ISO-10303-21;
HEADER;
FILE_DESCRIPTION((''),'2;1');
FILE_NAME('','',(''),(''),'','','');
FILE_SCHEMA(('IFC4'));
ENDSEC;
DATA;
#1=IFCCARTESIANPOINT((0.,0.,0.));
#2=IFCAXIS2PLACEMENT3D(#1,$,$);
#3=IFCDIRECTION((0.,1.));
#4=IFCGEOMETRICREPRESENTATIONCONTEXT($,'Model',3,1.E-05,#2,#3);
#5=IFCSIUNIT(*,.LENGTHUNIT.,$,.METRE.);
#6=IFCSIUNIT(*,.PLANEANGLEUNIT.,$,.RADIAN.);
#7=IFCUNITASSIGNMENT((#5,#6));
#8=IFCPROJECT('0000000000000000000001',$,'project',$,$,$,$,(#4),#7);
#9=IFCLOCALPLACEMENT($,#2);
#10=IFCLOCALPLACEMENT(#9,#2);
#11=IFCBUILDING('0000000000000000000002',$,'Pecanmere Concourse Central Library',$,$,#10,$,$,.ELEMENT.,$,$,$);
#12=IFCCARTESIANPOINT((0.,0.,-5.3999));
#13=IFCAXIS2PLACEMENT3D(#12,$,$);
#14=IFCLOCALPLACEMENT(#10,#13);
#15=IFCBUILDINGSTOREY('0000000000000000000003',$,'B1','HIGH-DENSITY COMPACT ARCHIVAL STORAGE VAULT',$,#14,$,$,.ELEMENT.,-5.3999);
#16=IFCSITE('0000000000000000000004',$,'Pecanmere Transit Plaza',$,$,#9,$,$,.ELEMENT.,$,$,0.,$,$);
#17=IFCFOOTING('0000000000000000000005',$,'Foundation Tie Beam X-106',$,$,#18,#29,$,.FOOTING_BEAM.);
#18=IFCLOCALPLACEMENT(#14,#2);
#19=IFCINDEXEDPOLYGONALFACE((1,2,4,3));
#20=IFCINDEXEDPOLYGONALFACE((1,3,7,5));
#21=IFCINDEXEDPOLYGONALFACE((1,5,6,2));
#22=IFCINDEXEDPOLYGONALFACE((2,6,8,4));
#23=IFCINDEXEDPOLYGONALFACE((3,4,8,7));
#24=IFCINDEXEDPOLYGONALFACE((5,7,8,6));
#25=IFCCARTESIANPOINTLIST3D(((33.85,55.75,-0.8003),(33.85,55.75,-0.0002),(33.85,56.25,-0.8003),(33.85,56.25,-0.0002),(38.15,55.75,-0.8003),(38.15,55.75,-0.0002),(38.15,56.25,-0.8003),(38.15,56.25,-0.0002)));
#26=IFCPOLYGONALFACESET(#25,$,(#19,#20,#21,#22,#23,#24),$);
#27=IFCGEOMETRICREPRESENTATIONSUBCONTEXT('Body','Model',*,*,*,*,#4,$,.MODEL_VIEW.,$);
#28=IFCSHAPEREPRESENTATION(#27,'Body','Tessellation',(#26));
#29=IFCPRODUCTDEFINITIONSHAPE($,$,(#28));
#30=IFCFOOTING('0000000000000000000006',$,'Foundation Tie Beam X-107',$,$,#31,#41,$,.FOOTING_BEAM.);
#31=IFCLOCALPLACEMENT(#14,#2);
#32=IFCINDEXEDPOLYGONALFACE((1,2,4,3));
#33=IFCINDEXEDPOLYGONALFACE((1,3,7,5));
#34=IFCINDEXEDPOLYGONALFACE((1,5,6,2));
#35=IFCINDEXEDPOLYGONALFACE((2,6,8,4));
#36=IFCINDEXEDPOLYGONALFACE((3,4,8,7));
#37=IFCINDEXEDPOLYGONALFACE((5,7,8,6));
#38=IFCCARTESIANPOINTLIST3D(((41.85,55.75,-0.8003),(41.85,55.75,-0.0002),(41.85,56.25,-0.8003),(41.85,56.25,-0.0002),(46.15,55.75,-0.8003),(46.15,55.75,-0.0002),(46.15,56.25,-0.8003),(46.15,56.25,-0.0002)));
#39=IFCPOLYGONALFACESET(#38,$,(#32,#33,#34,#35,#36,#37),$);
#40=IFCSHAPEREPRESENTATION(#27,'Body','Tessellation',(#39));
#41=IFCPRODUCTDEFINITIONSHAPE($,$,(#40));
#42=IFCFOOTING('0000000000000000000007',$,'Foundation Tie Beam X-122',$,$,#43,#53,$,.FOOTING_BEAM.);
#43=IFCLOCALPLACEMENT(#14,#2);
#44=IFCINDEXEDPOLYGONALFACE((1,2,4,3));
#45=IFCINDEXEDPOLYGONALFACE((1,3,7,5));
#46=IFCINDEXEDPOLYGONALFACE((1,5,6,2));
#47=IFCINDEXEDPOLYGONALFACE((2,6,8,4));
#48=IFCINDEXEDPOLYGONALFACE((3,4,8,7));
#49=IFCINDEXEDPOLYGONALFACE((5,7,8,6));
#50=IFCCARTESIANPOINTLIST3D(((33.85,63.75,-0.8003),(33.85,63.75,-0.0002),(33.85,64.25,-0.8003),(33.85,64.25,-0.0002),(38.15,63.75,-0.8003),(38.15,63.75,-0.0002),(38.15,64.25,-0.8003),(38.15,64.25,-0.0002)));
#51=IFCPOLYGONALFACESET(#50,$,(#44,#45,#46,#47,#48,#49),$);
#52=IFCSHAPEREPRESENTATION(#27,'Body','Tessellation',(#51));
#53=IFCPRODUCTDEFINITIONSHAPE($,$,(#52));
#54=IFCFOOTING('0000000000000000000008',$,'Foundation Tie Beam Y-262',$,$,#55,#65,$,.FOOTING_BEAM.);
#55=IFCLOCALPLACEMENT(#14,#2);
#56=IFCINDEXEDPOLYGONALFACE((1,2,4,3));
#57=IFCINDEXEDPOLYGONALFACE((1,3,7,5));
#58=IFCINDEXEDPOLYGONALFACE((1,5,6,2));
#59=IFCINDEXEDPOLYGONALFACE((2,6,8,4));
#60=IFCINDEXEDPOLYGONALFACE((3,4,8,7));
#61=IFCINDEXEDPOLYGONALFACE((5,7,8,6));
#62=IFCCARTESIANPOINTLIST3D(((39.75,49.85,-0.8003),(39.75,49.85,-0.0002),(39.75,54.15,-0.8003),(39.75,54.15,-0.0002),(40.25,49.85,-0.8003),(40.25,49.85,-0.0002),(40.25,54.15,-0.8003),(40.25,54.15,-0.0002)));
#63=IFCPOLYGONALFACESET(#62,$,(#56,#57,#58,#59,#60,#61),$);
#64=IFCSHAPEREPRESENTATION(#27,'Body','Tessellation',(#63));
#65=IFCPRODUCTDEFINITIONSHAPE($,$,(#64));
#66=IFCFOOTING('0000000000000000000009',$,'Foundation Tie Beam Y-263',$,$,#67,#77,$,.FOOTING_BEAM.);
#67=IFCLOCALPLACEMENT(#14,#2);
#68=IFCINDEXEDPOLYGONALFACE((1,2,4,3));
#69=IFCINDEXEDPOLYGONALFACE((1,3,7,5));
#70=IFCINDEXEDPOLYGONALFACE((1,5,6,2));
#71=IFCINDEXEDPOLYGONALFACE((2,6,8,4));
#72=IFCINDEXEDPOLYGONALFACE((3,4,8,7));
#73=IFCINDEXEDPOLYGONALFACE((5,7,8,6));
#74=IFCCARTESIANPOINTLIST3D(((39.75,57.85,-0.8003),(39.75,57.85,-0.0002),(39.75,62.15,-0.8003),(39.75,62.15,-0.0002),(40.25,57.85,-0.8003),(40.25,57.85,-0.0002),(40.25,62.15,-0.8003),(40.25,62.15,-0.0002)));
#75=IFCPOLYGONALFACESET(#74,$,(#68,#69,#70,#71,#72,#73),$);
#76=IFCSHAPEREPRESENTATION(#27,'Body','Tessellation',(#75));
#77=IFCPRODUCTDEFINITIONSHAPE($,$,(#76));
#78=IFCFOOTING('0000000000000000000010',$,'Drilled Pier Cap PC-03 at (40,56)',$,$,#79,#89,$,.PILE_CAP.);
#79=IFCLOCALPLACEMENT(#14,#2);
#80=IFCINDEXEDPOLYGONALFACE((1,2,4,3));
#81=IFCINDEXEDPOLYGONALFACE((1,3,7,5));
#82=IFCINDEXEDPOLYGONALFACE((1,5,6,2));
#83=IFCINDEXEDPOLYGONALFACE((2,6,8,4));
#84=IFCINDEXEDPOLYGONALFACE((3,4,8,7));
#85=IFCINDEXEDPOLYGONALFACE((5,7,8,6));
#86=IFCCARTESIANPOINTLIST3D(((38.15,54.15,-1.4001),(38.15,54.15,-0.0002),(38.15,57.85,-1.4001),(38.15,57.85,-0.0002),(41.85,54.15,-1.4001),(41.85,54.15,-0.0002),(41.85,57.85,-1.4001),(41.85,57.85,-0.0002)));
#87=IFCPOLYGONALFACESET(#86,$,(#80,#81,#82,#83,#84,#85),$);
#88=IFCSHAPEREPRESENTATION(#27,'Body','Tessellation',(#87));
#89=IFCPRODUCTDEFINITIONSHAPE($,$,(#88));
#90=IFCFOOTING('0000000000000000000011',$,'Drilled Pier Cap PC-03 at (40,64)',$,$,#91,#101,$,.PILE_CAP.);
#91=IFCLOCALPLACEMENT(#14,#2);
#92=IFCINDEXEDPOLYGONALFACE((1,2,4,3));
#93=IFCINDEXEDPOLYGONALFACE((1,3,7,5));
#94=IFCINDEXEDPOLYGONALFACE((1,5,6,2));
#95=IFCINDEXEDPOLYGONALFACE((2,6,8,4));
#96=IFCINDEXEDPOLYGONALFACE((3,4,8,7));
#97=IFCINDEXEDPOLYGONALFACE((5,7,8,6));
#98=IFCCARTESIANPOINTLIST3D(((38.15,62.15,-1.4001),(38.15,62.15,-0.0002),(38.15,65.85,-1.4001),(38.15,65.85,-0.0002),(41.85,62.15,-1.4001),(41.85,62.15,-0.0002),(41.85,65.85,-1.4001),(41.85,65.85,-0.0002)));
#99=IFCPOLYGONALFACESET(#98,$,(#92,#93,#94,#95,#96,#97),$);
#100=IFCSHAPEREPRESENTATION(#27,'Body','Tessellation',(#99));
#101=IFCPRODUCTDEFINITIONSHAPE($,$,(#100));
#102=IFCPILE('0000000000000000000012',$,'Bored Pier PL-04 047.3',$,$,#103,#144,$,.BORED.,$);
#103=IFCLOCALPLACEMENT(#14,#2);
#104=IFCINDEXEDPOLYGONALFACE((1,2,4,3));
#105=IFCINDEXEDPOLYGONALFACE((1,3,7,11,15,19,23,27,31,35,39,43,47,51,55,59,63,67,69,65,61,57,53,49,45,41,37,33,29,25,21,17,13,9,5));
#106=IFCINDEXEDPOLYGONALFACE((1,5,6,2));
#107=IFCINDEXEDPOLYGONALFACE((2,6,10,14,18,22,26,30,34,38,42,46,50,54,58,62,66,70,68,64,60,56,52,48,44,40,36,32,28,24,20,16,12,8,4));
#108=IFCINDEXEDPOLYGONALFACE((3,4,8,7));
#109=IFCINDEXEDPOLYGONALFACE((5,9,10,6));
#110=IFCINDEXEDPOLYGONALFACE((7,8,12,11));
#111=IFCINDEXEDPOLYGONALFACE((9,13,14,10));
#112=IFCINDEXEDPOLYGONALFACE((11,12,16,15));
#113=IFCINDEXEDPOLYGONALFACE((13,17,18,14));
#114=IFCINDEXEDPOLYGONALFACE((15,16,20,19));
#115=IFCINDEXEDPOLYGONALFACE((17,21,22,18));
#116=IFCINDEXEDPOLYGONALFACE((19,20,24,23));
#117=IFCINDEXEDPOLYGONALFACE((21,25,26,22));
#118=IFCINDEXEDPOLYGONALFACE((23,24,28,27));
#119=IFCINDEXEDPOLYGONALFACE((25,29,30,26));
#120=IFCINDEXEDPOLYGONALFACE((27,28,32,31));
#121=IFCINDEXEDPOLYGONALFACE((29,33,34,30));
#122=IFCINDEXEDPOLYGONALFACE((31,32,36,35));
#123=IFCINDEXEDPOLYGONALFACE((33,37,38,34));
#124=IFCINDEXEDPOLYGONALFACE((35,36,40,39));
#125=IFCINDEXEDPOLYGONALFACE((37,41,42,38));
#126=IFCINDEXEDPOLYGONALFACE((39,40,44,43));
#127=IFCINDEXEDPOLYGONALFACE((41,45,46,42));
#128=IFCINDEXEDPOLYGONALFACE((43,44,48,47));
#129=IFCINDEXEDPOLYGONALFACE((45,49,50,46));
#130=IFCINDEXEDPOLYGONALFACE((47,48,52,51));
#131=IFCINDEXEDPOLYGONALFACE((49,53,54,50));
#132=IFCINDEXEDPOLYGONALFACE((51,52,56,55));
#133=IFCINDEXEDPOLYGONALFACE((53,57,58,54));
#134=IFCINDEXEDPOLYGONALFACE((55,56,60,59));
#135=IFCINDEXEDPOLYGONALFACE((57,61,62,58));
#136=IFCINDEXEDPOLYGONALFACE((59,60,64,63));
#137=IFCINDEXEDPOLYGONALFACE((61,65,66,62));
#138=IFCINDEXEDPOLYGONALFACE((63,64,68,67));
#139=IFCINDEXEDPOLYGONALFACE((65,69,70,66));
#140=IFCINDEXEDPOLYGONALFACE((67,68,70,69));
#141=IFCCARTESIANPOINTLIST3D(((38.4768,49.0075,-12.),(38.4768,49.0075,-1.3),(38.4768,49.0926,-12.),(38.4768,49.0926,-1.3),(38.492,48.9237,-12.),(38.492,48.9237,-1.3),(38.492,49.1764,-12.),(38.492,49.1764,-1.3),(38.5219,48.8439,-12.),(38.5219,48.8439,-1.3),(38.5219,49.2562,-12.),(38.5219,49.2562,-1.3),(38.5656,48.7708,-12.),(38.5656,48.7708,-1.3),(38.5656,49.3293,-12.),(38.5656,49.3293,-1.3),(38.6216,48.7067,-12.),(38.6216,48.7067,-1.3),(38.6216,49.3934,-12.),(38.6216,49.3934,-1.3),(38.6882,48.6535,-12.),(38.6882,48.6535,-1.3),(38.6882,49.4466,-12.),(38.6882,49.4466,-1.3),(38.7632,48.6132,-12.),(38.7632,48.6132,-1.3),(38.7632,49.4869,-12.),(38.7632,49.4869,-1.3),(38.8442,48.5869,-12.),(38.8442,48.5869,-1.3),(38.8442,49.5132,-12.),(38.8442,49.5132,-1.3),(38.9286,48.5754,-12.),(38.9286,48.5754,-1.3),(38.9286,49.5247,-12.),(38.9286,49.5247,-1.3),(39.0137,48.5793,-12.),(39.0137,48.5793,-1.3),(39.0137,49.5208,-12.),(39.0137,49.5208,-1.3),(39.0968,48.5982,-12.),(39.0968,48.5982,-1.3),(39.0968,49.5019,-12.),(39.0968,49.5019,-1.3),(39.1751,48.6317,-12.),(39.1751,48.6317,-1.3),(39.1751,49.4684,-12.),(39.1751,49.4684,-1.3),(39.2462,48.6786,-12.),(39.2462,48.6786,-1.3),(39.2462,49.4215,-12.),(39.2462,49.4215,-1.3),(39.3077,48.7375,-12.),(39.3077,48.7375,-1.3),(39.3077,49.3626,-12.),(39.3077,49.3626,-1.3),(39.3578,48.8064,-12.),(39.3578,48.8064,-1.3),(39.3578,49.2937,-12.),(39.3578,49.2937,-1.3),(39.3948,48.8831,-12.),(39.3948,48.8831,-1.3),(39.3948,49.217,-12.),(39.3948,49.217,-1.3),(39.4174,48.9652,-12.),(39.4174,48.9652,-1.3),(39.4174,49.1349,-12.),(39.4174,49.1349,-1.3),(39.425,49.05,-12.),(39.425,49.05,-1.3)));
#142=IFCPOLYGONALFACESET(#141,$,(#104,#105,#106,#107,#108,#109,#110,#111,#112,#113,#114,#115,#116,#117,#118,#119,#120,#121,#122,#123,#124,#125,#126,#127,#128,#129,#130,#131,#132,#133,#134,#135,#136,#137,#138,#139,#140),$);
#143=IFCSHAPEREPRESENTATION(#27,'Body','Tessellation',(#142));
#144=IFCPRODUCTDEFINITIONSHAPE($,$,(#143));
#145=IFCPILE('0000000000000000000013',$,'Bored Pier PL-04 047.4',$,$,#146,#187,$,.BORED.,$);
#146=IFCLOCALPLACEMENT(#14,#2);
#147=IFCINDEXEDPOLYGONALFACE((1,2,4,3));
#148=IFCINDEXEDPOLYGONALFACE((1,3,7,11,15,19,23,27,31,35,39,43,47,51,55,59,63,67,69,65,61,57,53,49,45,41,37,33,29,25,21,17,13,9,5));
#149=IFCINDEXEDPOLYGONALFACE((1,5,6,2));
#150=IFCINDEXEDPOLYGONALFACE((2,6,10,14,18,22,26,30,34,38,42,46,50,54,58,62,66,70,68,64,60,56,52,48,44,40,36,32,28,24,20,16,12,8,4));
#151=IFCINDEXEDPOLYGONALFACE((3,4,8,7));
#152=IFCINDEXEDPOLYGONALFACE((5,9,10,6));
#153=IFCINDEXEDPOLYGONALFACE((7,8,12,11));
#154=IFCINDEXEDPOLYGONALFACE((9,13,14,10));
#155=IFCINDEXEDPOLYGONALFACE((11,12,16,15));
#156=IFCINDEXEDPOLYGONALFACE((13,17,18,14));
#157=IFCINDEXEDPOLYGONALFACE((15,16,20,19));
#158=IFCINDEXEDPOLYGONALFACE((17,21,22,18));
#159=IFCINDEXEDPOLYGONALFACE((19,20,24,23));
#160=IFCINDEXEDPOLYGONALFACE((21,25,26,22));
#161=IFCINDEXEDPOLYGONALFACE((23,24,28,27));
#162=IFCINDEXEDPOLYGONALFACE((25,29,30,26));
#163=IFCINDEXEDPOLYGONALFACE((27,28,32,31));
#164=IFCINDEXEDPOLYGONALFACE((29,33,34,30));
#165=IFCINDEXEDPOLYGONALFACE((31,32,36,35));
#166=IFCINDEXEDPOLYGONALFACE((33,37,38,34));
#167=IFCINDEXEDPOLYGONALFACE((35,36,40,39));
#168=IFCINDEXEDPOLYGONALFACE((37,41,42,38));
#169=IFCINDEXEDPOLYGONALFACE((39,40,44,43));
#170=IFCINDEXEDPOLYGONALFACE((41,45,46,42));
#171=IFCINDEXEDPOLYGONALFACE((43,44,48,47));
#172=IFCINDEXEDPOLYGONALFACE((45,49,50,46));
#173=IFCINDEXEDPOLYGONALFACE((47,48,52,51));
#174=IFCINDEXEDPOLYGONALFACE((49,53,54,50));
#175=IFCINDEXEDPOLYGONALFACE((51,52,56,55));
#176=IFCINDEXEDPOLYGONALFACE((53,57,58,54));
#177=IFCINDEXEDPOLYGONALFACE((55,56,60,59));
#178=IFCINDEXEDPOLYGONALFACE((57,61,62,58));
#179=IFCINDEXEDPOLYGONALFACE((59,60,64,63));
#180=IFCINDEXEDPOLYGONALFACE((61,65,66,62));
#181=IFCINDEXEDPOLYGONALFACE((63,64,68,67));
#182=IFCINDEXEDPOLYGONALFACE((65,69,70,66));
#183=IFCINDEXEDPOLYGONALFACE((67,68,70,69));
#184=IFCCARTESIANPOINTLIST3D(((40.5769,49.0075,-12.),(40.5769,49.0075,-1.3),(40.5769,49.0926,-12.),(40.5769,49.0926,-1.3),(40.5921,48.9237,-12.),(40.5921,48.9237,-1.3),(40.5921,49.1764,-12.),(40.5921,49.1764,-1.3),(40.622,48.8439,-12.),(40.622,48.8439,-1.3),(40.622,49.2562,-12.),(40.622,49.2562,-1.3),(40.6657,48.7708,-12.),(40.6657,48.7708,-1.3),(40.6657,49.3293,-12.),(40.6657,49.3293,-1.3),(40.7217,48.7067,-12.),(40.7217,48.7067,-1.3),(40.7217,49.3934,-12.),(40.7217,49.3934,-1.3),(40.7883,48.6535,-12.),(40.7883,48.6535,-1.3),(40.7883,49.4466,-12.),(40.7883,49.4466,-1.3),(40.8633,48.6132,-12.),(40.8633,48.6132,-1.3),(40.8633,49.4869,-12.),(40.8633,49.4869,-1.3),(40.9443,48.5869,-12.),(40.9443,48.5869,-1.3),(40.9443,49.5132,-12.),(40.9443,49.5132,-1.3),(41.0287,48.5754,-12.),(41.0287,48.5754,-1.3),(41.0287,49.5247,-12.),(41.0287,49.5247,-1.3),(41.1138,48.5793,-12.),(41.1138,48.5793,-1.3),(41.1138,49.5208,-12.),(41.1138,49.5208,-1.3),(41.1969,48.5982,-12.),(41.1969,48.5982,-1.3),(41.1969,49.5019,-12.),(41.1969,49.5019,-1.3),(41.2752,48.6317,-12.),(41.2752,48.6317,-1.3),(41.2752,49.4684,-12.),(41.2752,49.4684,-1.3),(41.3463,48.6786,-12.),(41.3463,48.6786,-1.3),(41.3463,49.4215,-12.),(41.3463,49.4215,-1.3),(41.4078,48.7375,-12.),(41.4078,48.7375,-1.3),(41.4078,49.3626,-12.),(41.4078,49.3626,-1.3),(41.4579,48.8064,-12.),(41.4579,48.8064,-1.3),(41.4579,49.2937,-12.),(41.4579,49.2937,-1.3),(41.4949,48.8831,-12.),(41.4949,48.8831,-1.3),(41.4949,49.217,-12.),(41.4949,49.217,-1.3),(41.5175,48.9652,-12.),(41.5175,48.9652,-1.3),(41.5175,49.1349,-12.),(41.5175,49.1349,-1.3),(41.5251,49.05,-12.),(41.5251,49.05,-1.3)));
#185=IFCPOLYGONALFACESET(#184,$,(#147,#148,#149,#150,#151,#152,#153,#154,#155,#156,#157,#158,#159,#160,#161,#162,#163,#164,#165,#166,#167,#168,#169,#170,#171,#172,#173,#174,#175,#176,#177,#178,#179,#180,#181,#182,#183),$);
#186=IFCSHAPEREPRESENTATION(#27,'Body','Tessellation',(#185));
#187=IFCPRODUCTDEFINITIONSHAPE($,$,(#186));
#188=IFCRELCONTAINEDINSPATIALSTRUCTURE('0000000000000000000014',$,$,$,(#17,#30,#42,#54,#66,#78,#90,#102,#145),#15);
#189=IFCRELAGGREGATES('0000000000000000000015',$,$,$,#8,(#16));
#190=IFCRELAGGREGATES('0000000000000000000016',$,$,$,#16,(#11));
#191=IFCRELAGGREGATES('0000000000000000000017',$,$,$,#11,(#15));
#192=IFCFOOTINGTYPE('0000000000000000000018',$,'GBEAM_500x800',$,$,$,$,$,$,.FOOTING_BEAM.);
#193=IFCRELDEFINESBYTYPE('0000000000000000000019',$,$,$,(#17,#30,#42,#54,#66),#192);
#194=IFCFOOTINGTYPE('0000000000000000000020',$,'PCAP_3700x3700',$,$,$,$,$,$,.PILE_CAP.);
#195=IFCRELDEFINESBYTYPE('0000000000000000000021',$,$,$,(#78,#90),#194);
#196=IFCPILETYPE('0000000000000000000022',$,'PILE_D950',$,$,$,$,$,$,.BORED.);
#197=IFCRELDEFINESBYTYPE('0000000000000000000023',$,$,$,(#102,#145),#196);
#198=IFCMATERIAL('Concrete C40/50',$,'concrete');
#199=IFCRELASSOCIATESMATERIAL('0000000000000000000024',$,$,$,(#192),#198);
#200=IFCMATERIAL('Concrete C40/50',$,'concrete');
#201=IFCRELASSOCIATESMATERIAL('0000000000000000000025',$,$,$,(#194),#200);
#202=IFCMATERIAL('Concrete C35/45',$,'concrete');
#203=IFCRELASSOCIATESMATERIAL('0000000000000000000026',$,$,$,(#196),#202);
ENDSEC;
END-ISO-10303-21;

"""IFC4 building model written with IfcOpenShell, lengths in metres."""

from ifc_helpers import new_model, si_unit, direction, frame, origin, origin_2d, place, context, subcontext, project, spatial, rectangle, circle, extrude, material, material_profile, profile_set, type_object, element, save


model = new_model("IFC4")

# Units and contexts
model_context = context("Model", 3, precision=1e-05, world=origin(), true_north=direction((0.0, 1.0)))
body_context = subcontext(model_context, "Body", "Model", "MODEL_VIEW")
ifc_project = project(units=[si_unit("LENGTHUNIT", "METRE"), si_unit("PLANEANGLEUNIT", "RADIAN")], contexts=[model_context])

# Site, building, storey
site_placement = place(None, origin())
site = spatial("IfcSite", under=ifc_project, at=site_placement, Name="Pecanmere Transit Plaza", CompositionType="ELEMENT", RefElevation=0.0)
building_placement = place(site_placement, origin())
building = spatial("IfcBuilding", under=site, at=building_placement, Name="Pecanmere Concourse Central Library", CompositionType="ELEMENT")
storey_placement = place(building_placement, frame((0.0, 0.0, -5.3999)))
storey = spatial("IfcBuildingStorey", under=building, at=storey_placement, Name="B1", Description="HIGH-DENSITY COMPACT ARCHIVAL STORAGE VAULT", CompositionType="ELEMENT", Elevation=-5.3999)

# Footings
ifc_material_1 = material(Name="Concrete C40/50", Category="concrete")
ifc_material_profile_1 = material_profile(ifc_material_1, rectangle(XDim=0.5, YDim=0.8, at=origin_2d()), Name="RC 500x800")
ifc_profile_set_1 = profile_set([ifc_material_profile_1], Name="Concrete C40/50")
footing_type_1 = type_object("IfcFootingType", Name="GBEAM_500x800", PredefinedType="FOOTING_BEAM", material=ifc_profile_set_1)
for number, where, z_axis, x_axis, name in (
    (1, (36.0, 56.0, -0.8003), (0.0, 0.0, 1.0), (1.0, 0.0, 0.0), "Foundation Tie Beam X-106"),
    (2, (44.0, 56.0, -0.8003), (0.0, 0.0, 1.0), (1.0, 0.0, 0.0), "Foundation Tie Beam X-107"),
    (3, (36.0, 64.0, -0.8003), (0.0, 0.0, 1.0), (1.0, 0.0, 0.0), "Foundation Tie Beam X-122"),
    (4, (40.0, 52.0, -0.8003), (0.0, 0.0, 1.0), (0.0, 1.0, 0.0), "Foundation Tie Beam Y-262"),
    (5, (40.0, 60.0, -0.8003), (0.0, 0.0, 1.0), (0.0, 1.0, 0.0), "Foundation Tie Beam Y-263"),
):
    element("IfcFooting", number, at=place(storey_placement, frame(where, z_axis=z_axis, x_axis=x_axis)), inside=storey, type_object=footing_type_1, Name=name, PredefinedType="FOOTING_BEAM", context=body_context, shape_type="SweptSolid", body=[
        extrude(rectangle(XDim=4.3, YDim=0.5, at=origin_2d()), origin(), (0.0, 0.0, 1.0), 0.8),
    ])
ifc_material_2 = material(Name="Concrete C40/50", Category="concrete")
footing_type_2 = type_object("IfcFootingType", Name="PCAP_3700x3700", PredefinedType="PILE_CAP", material=ifc_material_2)
for number, where, z_axis, x_axis, name in (
    (6, (40.0, 56.0, -1.4001), (0.0, 0.0, 1.0), (1.0, 0.0, 0.0), "Drilled Pier Cap PC-03 at (40,56)"),
    (7, (40.0, 64.0, -1.4001), (0.0, 0.0, 1.0), (1.0, 0.0, 0.0), "Drilled Pier Cap PC-03 at (40,64)"),
):
    element("IfcFooting", number, at=place(storey_placement, frame(where, z_axis=z_axis, x_axis=x_axis)), inside=storey, type_object=footing_type_2, Name=name, PredefinedType="PILE_CAP", context=body_context, shape_type="SweptSolid", body=[
        extrude(rectangle(XDim=3.7, YDim=3.7, at=origin_2d()), origin(), (0.0, 0.0, 1.0), 1.3999),
    ])

# Piles
ifc_material_3 = material(Name="Concrete C35/45", Category="concrete")
ifc_material_profile_2 = material_profile(ifc_material_3, circle(Radius=0.4751, at=origin_2d()), Name="PIER D950")
ifc_profile_set_2 = profile_set([ifc_material_profile_2], Name="Concrete C35/45")
pile_type = type_object("IfcPileType", Name="PILE_D950", PredefinedType="BORED", material=ifc_profile_set_2)
for number, where, z_axis, x_axis, name in (
    (8, (38.95, 49.05, -1.3), (0.0, 0.0, -1.0), (1.0, 0.0, 0.0), "Bored Pier PL-04 047.3"),
    (9, (41.05, 49.05, -1.3), (0.0, 0.0, -1.0), (1.0, 0.0, 0.0), "Bored Pier PL-04 047.4"),
):
    element("IfcPile", number, at=place(storey_placement, frame(where, z_axis=z_axis, x_axis=x_axis)), inside=storey, type_object=pile_type, Name=name, PredefinedType="BORED", context=body_context, shape_type="SweptSolid", body=[
        extrude(circle(Radius=0.4751, at=origin_2d()), origin(), (0.0, 0.0, 1.0), 10.7),
    ])

save(model, "model.ifc")
